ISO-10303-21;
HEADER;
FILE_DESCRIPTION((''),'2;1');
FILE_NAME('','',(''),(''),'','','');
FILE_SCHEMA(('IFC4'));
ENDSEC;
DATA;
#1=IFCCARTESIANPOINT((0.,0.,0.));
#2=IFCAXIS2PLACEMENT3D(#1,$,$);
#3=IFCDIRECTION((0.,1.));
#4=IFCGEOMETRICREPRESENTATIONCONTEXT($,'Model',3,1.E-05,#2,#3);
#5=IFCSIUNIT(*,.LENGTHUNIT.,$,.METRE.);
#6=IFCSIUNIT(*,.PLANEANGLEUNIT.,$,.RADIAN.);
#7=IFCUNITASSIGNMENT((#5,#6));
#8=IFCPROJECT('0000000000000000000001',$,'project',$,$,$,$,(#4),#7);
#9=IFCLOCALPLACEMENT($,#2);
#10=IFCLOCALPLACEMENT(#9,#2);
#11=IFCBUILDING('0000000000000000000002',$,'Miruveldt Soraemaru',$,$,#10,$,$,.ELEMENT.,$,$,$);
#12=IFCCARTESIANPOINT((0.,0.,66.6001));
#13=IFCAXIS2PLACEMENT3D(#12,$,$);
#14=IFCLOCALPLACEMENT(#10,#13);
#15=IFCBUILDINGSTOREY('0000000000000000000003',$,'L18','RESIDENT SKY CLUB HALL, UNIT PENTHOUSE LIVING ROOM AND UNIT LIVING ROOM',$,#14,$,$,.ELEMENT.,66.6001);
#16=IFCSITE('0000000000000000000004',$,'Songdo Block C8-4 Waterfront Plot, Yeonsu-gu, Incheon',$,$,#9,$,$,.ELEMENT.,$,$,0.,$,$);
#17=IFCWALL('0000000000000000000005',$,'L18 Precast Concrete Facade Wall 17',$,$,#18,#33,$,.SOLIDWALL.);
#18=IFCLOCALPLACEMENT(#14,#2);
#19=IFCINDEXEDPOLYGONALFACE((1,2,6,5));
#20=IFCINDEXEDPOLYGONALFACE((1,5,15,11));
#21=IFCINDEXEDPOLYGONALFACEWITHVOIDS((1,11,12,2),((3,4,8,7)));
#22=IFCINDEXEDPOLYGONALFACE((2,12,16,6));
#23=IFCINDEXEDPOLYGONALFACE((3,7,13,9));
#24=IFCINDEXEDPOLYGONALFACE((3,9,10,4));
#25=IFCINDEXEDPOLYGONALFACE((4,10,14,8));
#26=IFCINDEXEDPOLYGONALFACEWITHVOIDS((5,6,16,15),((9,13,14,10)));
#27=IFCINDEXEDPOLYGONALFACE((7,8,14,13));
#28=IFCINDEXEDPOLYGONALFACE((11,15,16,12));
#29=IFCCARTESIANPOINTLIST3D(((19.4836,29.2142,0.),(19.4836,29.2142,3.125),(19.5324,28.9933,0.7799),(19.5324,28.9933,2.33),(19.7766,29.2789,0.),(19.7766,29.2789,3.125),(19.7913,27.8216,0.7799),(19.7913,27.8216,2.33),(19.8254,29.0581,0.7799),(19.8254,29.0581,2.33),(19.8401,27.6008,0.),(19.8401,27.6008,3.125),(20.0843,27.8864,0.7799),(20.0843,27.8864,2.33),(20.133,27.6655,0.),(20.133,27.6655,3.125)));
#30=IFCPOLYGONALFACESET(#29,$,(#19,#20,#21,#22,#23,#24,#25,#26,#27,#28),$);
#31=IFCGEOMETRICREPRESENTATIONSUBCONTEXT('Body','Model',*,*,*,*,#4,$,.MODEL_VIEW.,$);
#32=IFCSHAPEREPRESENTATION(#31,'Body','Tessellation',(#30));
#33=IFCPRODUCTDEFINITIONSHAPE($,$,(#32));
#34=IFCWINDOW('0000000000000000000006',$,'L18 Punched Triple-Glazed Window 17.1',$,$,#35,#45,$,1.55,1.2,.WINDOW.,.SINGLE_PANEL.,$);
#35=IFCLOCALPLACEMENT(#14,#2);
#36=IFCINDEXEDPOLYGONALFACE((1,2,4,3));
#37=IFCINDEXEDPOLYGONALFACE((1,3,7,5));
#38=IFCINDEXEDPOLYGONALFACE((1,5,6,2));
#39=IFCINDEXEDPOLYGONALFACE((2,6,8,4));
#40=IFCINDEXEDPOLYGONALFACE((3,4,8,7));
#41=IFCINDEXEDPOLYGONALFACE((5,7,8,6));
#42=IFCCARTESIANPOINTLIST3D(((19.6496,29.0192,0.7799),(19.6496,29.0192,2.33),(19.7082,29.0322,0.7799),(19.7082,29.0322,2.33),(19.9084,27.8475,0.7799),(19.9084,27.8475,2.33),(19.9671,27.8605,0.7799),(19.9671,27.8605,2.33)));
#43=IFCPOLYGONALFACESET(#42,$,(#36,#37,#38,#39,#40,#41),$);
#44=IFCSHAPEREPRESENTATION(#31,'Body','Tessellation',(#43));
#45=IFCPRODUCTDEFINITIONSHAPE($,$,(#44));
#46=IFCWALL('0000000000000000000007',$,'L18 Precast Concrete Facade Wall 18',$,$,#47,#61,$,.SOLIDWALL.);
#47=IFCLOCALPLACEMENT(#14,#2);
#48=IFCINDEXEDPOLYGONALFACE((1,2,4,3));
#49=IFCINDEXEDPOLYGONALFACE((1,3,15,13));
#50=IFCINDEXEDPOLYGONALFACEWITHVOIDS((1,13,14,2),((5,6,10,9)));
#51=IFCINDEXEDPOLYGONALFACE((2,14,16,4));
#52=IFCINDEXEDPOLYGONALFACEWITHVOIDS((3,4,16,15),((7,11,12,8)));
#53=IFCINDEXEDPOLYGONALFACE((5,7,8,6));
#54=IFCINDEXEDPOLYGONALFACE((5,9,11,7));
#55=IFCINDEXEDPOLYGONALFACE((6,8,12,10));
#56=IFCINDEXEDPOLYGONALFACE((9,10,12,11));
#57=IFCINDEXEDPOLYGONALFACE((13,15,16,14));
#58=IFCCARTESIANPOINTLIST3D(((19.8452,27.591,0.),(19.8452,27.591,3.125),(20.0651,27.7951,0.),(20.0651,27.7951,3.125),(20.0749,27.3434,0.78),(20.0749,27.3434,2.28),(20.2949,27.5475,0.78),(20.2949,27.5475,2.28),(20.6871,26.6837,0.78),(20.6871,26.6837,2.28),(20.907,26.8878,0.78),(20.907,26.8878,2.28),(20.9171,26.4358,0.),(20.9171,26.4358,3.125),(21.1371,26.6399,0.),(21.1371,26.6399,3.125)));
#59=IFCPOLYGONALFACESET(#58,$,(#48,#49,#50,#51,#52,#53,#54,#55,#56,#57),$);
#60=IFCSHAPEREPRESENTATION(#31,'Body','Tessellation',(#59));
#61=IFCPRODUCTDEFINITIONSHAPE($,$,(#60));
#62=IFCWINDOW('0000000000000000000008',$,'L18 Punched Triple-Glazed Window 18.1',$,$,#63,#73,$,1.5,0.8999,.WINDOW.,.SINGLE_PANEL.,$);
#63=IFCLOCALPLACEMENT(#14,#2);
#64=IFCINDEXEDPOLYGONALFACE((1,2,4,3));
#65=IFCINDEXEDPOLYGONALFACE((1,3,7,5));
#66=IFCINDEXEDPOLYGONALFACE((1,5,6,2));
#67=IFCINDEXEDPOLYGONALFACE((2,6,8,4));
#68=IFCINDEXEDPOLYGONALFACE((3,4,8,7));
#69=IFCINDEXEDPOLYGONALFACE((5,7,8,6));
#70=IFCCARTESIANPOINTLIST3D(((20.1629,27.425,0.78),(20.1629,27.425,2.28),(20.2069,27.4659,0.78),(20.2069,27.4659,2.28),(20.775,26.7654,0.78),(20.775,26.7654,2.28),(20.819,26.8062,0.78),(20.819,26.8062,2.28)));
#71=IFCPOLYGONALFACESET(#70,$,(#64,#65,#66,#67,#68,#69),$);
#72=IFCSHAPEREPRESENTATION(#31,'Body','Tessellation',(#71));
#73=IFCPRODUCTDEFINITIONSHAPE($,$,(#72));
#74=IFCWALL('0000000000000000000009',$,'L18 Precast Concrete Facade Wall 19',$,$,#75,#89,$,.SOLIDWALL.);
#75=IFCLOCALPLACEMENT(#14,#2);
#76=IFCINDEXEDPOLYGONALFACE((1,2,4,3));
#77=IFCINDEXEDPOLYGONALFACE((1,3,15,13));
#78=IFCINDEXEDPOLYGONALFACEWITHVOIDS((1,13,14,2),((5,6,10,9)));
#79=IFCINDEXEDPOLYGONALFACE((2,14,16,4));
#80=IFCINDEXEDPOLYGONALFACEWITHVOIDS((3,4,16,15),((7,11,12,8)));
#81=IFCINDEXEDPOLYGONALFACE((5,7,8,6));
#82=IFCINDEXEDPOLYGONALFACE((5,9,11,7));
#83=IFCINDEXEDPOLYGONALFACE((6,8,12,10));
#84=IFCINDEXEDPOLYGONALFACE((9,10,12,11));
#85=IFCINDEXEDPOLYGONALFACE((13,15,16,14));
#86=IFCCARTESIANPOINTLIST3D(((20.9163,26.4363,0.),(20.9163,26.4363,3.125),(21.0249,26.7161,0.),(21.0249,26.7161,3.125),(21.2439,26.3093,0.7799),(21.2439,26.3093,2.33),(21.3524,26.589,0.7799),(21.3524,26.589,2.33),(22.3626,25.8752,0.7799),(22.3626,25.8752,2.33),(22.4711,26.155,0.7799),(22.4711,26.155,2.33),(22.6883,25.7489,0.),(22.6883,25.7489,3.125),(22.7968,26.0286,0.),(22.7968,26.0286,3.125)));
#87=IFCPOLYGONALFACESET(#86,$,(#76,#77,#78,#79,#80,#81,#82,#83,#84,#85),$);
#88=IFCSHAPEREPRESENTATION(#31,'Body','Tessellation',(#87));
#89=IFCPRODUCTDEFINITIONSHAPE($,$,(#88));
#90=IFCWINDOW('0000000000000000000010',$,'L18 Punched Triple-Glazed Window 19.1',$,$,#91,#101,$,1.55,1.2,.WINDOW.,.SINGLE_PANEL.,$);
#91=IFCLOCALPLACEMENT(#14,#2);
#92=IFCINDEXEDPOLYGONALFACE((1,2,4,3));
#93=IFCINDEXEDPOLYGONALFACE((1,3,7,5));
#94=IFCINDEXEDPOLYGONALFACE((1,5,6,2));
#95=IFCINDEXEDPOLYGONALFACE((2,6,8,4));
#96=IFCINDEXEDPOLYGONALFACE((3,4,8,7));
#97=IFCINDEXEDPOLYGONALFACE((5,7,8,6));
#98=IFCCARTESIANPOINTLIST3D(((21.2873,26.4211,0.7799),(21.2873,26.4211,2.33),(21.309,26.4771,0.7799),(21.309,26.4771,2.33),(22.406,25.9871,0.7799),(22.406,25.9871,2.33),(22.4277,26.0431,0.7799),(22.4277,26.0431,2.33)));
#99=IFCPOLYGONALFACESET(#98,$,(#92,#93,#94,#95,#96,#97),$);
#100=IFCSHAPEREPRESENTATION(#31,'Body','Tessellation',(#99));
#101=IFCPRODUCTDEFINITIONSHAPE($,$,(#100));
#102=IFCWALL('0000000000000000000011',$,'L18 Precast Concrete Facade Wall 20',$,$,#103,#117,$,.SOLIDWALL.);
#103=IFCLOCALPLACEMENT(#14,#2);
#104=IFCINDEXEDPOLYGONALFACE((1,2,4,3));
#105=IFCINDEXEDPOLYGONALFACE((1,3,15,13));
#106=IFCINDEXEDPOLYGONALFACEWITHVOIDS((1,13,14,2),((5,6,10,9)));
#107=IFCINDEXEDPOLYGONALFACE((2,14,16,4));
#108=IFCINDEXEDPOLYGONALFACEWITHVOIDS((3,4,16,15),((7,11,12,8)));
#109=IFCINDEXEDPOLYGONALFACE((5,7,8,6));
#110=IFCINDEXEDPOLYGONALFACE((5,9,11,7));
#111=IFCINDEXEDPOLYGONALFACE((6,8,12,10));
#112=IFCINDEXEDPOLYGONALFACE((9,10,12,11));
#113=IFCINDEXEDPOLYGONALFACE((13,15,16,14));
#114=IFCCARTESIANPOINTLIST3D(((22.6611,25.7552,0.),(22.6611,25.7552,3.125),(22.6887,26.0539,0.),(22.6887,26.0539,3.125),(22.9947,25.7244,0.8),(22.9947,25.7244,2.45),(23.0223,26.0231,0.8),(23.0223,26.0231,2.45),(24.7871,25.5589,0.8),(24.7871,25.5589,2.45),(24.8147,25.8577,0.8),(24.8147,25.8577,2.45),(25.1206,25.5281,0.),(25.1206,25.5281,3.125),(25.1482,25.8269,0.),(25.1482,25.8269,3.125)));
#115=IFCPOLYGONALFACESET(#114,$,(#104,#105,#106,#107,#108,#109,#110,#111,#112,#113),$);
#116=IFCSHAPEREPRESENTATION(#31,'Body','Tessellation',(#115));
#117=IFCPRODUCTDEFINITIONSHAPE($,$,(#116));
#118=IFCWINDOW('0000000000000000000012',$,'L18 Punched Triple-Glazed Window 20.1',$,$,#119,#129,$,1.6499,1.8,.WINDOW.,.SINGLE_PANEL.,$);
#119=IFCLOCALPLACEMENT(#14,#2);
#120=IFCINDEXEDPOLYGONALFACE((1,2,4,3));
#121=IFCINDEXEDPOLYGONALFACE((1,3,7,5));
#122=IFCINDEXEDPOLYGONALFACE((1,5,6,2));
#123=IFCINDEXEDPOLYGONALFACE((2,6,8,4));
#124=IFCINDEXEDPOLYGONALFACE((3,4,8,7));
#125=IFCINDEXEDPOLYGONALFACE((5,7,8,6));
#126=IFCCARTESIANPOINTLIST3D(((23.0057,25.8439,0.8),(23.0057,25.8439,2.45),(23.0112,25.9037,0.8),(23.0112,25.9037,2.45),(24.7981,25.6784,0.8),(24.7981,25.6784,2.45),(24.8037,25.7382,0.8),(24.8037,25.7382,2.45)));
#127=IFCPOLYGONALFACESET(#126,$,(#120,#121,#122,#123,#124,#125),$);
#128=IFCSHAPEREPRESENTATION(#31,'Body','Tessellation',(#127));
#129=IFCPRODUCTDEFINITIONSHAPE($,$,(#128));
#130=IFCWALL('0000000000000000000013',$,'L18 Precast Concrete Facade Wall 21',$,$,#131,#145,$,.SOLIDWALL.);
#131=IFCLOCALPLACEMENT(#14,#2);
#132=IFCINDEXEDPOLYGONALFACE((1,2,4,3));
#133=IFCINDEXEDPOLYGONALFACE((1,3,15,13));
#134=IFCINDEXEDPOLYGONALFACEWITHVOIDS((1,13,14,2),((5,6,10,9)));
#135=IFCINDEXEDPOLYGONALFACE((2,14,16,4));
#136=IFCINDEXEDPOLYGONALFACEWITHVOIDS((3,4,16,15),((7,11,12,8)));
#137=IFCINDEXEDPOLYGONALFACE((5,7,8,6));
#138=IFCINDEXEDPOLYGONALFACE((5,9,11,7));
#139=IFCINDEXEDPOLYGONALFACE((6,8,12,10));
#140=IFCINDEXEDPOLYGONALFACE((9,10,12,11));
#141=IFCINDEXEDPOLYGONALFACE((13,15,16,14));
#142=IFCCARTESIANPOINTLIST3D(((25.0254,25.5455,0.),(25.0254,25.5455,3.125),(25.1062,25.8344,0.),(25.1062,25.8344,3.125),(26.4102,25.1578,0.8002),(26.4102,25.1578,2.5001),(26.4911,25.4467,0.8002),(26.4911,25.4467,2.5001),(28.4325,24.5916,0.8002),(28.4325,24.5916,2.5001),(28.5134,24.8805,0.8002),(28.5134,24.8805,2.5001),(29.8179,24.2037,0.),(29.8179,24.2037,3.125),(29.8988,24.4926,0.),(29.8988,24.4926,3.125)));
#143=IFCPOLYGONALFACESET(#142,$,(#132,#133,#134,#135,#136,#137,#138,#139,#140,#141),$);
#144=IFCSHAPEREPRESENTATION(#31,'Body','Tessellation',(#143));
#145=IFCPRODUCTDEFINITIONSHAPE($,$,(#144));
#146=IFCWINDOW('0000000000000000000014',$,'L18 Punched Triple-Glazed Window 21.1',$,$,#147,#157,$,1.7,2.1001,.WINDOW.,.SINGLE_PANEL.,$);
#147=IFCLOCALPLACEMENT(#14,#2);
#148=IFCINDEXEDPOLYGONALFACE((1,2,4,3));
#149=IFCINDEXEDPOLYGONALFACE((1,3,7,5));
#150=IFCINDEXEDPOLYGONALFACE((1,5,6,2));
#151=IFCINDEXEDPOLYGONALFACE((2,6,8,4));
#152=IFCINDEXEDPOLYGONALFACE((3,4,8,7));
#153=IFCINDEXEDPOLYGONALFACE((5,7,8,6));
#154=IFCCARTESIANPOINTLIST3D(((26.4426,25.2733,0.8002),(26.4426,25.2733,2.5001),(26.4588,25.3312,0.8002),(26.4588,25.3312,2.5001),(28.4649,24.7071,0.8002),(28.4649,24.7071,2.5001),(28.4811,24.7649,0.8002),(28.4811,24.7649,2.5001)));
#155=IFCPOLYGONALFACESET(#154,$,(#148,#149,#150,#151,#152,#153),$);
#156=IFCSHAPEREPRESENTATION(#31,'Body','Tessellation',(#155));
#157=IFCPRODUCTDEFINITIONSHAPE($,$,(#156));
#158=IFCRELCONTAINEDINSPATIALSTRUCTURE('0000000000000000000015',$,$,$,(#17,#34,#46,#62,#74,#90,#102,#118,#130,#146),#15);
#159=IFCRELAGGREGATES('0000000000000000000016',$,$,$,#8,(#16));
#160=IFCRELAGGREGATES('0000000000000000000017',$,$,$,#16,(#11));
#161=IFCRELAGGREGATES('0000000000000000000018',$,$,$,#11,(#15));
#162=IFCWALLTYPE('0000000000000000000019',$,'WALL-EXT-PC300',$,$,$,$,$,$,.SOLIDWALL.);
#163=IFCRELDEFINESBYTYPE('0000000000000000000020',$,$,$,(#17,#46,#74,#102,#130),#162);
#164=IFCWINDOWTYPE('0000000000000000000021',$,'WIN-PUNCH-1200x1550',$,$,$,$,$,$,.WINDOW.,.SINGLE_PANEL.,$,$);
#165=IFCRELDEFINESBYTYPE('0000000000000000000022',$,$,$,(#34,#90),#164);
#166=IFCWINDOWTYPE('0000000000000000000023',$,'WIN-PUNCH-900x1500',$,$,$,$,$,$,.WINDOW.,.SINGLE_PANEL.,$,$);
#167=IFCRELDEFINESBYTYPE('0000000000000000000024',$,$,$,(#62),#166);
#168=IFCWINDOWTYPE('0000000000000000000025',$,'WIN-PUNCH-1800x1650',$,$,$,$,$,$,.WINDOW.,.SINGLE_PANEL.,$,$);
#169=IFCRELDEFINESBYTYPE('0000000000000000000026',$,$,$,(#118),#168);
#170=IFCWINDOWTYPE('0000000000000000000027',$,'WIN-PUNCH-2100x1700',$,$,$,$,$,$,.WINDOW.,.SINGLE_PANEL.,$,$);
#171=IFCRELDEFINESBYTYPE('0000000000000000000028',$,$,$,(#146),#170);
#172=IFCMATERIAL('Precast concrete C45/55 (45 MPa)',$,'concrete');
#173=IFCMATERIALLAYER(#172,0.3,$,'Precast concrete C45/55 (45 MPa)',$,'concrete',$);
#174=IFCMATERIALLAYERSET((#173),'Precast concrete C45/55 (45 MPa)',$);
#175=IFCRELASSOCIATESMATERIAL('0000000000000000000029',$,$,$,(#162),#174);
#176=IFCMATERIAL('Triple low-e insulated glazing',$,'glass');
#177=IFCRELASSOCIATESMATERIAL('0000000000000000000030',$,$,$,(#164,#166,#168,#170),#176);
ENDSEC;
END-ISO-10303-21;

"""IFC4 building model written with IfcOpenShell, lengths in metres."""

from ifc_helpers import new_model, si_unit, direction, frame, frame_2d, origin, place, context, subcontext, project, spatial, rectangle, extrude, material, layer, layer_set, type_object, element, fill, save


model = new_model("IFC4")

# Units and contexts
model_context = context("Model", 3, precision=1e-05, world=origin(), true_north=direction((0.0, 1.0)))
body_context = subcontext(model_context, "Body", "Model", "MODEL_VIEW")
ifc_project = project(units=[si_unit("LENGTHUNIT", "METRE"), si_unit("PLANEANGLEUNIT", "RADIAN")], contexts=[model_context])

# Site, building, storey
site_placement = place(None, origin())
site = spatial("IfcSite", under=ifc_project, at=site_placement, Name="Songdo Block C8-4 Waterfront Plot, Yeonsu-gu, Incheon", CompositionType="ELEMENT", RefElevation=0.0)
building_placement = place(site_placement, origin())
building = spatial("IfcBuilding", under=site, at=building_placement, Name="Miruveldt Soraemaru", CompositionType="ELEMENT")
storey_placement = place(building_placement, frame((0.0, 0.0, 66.6001)))
storey = spatial("IfcBuildingStorey", under=building, at=storey_placement, Name="L18", Description="RESIDENT SKY CLUB HALL, UNIT PENTHOUSE LIVING ROOM AND UNIT LIVING ROOM", CompositionType="ELEMENT", Elevation=66.6001)

# Walls, openings, windows
ifc_material_1 = material(Name="Precast concrete C45/55 (45 MPa)", Category="concrete")
ifc_layer_1 = layer(ifc_material_1, 0.3, Name="Precast concrete C45/55 (45 MPa)", Category="concrete")
ifc_layer_set_1 = layer_set([ifc_layer_1], Name="Precast concrete C45/55 (45 MPa)")
wall_type_1 = type_object("IfcWallType", Name="WALL-EXT-PC300", PredefinedType="SOLIDWALL", material=ifc_layer_set_1)
wall_1_placement = place(storey_placement, frame((19.6301, 29.2466, 0.0), z_axis=(0.0, 0.0, 1.0), x_axis=(0.21571, -0.976457, 0.0)))
wall_1 = element("IfcWall", 1, at=wall_1_placement, inside=storey, type_object=wall_type_1, Name="L18 Precast Concrete Facade Wall 17", PredefinedType="SOLIDWALL", context=body_context, shape_type="SweptSolid", body=[
    extrude(rectangle(XDim=1.6523, YDim=0.3, at=frame_2d((0.8262, 0.0))), origin(), (0.0, 0.0, 1.0), 3.125),
])
opening_1_placement = place(wall_1_placement, frame((0.2261, 0.0, 0.78)))
opening_1 = element("IfcOpeningElement", 2, at=opening_1_placement, cuts=wall_1, PredefinedType="OPENING", context=body_context, shape_type="SweptSolid", body=[
    extrude(rectangle(XDim=1.2, YDim=1.55, at=frame_2d((0.6001, 0.7749))), frame((0.0, 0.1602, 0.0), z_axis=(0.0, -1.0, 0.0), x_axis=(1.0, 0.0, 0.0)), (0.0, 0.0, 1.0), 0.3201),
])
ifc_material_2 = material(Name="Triple low-e insulated glazing", Category="glass")
window_type_1 = type_object("IfcWindowType", Name="WIN-PUNCH-1200x1550", PartitioningType="SINGLE_PANEL", PredefinedType="WINDOW", material=ifc_material_2)
window_1_placement = place(opening_1_placement, origin())
window_1 = element("IfcWindow", 3, at=window_1_placement, inside=storey, type_object=window_type_1, Name="L18 Punched Triple-Glazed Window 17.1", OverallHeight=1.55, OverallWidth=1.2, PartitioningType="SINGLE_PANEL", PredefinedType="WINDOW", context=body_context, shape_type="SweptSolid", body=[
    extrude(rectangle(XDim=1.2, YDim=1.55, at=frame_2d((0.6001, 0.7749))), frame((0.0, 0.03, 0.0), z_axis=(0.0, -1.0, 0.0), x_axis=(1.0, 0.0, 0.0)), (0.0, 0.0, 1.0), 0.0601),
])
fill(opening_1, window_1)
wall_2_placement = place(storey_placement, frame((19.9551, 27.6931, 0.0), z_axis=(0.0, 0.0, 1.0), x_axis=(0.680202, -0.733025, 0.0)))
wall_2 = element("IfcWall", 4, at=wall_2_placement, inside=storey, type_object=wall_type_1, Name="L18 Precast Concrete Facade Wall 18", PredefinedType="SOLIDWALL", context=body_context, shape_type="SweptSolid", body=[
    extrude(rectangle(XDim=1.5759, YDim=0.3, at=frame_2d((0.7881, 0.0))), origin(), (0.0, 0.0, 1.0), 3.125),
])
opening_2_placement = place(wall_2_placement, frame((0.3379, 0.0, 0.78)))
opening_2 = element("IfcOpeningElement", 5, at=opening_2_placement, cuts=wall_2, PredefinedType="OPENING", context=body_context, shape_type="SweptSolid", body=[
    extrude(rectangle(XDim=0.8999, YDim=1.5, at=frame_2d((0.45, 0.75))), frame((0.0, 0.1602, 0.0), z_axis=(0.0, -1.0, 0.0), x_axis=(1.0, 0.0, 0.0)), (0.0, 0.0, 1.0), 0.3201),
])
window_type_2 = type_object("IfcWindowType", Name="WIN-PUNCH-900x1500", PartitioningType="SINGLE_PANEL", PredefinedType="WINDOW", material=ifc_material_2)
window_2_placement = place(opening_2_placement, origin())
window_2 = element("IfcWindow", 6, at=window_2_placement, inside=storey, type_object=window_type_2, Name="L18 Punched Triple-Glazed Window 18.1", OverallHeight=1.5, OverallWidth=0.8999, PartitioningType="SINGLE_PANEL", PredefinedType="WINDOW", context=body_context, shape_type="SweptSolid", body=[
    extrude(rectangle(XDim=0.8999, YDim=1.5, at=frame_2d((0.45, 0.75))), frame((0.0, 0.03, 0.0), z_axis=(0.0, -1.0, 0.0), x_axis=(1.0, 0.0, 0.0)), (0.0, 0.0, 1.0), 0.0601),
])
fill(opening_2, window_2)
wall_3_placement = place(storey_placement, frame((20.9707, 26.5762, 0.0), z_axis=(0.0, 0.0, 1.0), x_axis=(0.932289, -0.361715, 0.0)))
wall_3 = element("IfcWall", 7, at=wall_3_placement, inside=storey, type_object=wall_type_1, Name="L18 Precast Concrete Facade Wall 19", PredefinedType="SOLIDWALL", context=body_context, shape_type="SweptSolid", body=[
    extrude(rectangle(XDim=1.9006, YDim=0.3, at=frame_2d((0.9502, 0.0))), origin(), (0.0, 0.0, 1.0), 3.125),
])
opening_3_placement = place(wall_3_placement, frame((0.3511, 0.0, 0.78)))
opening_3 = element("IfcOpeningElement", 8, at=opening_3_placement, cuts=wall_3, PredefinedType="OPENING", context=body_context, shape_type="SweptSolid", body=[
    extrude(rectangle(XDim=1.2, YDim=1.55, at=frame_2d((0.6001, 0.7749))), frame((0.0, 0.1602, 0.0), z_axis=(0.0, -1.0, 0.0), x_axis=(1.0, 0.0, 0.0)), (0.0, 0.0, 1.0), 0.3201),
])
window_3_placement = place(opening_3_placement, origin())
window_3 = element("IfcWindow", 9, at=window_3_placement, inside=storey, type_object=window_type_1, Name="L18 Punched Triple-Glazed Window 19.1", OverallHeight=1.55, OverallWidth=1.2, PartitioningType="SINGLE_PANEL", PredefinedType="WINDOW", context=body_context, shape_type="SweptSolid", body=[
    extrude(rectangle(XDim=1.2, YDim=1.55, at=frame_2d((0.6001, 0.7749))), frame((0.0, 0.03, 0.0), z_axis=(0.0, -1.0, 0.0), x_axis=(1.0, 0.0, 0.0)), (0.0, 0.0, 1.0), 0.0601),
])
fill(opening_3, window_3)
wall_4_placement = place(storey_placement, frame((22.675, 25.9045, 0.0), z_axis=(0.0, 0.0, 1.0), x_axis=(0.995766, -0.091926, 0.0)))
wall_4 = element("IfcWall", 10, at=wall_4_placement, inside=storey, type_object=wall_type_1, Name="L18 Precast Concrete Facade Wall 20", PredefinedType="SOLIDWALL", context=body_context, shape_type="SweptSolid", body=[
    extrude(rectangle(XDim=2.47, YDim=0.3, at=frame_2d((1.2349, 0.0))), origin(), (0.0, 0.0, 1.0), 3.125),
])
opening_4_placement = place(wall_4_placement, frame((0.335, 0.0, 0.8)))
opening_4 = element("IfcOpeningElement", 11, at=opening_4_placement, cuts=wall_4, PredefinedType="OPENING", context=body_context, shape_type="SweptSolid", body=[
    extrude(rectangle(XDim=1.8, YDim=1.6499, at=frame_2d((0.8999, 0.825))), frame((0.0, 0.1602, 0.0), z_axis=(0.0, -1.0, 0.0), x_axis=(1.0, 0.0, 0.0)), (0.0, 0.0, 1.0), 0.3201),
])
window_type_3 = type_object("IfcWindowType", Name="WIN-PUNCH-1800x1650", PartitioningType="SINGLE_PANEL", PredefinedType="WINDOW", material=ifc_material_2)
window_4_placement = place(opening_4_placement, origin())
window_4 = element("IfcWindow", 12, at=window_4_placement, inside=storey, type_object=window_type_3, Name="L18 Punched Triple-Glazed Window 20.1", OverallHeight=1.6499, OverallWidth=1.8, PartitioningType="SINGLE_PANEL", PredefinedType="WINDOW", context=body_context, shape_type="SweptSolid", body=[
    extrude(rectangle(XDim=1.8, YDim=1.6499, at=frame_2d((0.8999, 0.825))), frame((0.0, 0.03, 0.0), z_axis=(0.0, -1.0, 0.0), x_axis=(1.0, 0.0, 0.0)), (0.0, 0.0, 1.0), 0.0601),
])
fill(opening_4, window_4)
wall_5_placement = place(storey_placement, frame((25.0659, 25.6899, 0.0), z_axis=(0.0, 0.0, 1.0), x_axis=(0.962969, -0.269612, 0.0)))
wall_5 = element("IfcWall", 13, at=wall_5_placement, inside=storey, type_object=wall_type_1, Name="L18 Precast Concrete Facade Wall 21", PredefinedType="SOLIDWALL", context=body_context, shape_type="SweptSolid", body=[
    extrude(rectangle(XDim=4.9768, YDim=0.3, at=frame_2d((2.4883, 0.0))), origin(), (0.0, 0.0, 1.0), 3.125),
])
opening_5_placement = place(wall_5_placement, frame((1.438, 0.0, 0.8)))
opening_5 = element("IfcOpeningElement", 14, at=opening_5_placement, cuts=wall_5, PredefinedType="OPENING", context=body_context, shape_type="SweptSolid", body=[
    extrude(rectangle(XDim=2.1001, YDim=1.7, at=frame_2d((1.05, 0.8501))), frame((0.0, 0.1602, 0.0), z_axis=(0.0, -1.0, 0.0), x_axis=(1.0, 0.0, 0.0)), (0.0, 0.0, 1.0), 0.3201),
])
window_type_4 = type_object("IfcWindowType", Name="WIN-PUNCH-2100x1700", PartitioningType="SINGLE_PANEL", PredefinedType="WINDOW", material=ifc_material_2)
window_5_placement = place(opening_5_placement, origin())
window_5 = element("IfcWindow", 15, at=window_5_placement, inside=storey, type_object=window_type_4, Name="L18 Punched Triple-Glazed Window 21.1", OverallHeight=1.7, OverallWidth=2.1001, PartitioningType="SINGLE_PANEL", PredefinedType="WINDOW", context=body_context, shape_type="SweptSolid", body=[
    extrude(rectangle(XDim=2.1001, YDim=1.7, at=frame_2d((1.05, 0.8501))), frame((0.0, 0.03, 0.0), z_axis=(0.0, -1.0, 0.0), x_axis=(1.0, 0.0, 0.0)), (0.0, 0.0, 1.0), 0.0601),
])
fill(opening_5, window_5)

save(model, "model.ifc")
